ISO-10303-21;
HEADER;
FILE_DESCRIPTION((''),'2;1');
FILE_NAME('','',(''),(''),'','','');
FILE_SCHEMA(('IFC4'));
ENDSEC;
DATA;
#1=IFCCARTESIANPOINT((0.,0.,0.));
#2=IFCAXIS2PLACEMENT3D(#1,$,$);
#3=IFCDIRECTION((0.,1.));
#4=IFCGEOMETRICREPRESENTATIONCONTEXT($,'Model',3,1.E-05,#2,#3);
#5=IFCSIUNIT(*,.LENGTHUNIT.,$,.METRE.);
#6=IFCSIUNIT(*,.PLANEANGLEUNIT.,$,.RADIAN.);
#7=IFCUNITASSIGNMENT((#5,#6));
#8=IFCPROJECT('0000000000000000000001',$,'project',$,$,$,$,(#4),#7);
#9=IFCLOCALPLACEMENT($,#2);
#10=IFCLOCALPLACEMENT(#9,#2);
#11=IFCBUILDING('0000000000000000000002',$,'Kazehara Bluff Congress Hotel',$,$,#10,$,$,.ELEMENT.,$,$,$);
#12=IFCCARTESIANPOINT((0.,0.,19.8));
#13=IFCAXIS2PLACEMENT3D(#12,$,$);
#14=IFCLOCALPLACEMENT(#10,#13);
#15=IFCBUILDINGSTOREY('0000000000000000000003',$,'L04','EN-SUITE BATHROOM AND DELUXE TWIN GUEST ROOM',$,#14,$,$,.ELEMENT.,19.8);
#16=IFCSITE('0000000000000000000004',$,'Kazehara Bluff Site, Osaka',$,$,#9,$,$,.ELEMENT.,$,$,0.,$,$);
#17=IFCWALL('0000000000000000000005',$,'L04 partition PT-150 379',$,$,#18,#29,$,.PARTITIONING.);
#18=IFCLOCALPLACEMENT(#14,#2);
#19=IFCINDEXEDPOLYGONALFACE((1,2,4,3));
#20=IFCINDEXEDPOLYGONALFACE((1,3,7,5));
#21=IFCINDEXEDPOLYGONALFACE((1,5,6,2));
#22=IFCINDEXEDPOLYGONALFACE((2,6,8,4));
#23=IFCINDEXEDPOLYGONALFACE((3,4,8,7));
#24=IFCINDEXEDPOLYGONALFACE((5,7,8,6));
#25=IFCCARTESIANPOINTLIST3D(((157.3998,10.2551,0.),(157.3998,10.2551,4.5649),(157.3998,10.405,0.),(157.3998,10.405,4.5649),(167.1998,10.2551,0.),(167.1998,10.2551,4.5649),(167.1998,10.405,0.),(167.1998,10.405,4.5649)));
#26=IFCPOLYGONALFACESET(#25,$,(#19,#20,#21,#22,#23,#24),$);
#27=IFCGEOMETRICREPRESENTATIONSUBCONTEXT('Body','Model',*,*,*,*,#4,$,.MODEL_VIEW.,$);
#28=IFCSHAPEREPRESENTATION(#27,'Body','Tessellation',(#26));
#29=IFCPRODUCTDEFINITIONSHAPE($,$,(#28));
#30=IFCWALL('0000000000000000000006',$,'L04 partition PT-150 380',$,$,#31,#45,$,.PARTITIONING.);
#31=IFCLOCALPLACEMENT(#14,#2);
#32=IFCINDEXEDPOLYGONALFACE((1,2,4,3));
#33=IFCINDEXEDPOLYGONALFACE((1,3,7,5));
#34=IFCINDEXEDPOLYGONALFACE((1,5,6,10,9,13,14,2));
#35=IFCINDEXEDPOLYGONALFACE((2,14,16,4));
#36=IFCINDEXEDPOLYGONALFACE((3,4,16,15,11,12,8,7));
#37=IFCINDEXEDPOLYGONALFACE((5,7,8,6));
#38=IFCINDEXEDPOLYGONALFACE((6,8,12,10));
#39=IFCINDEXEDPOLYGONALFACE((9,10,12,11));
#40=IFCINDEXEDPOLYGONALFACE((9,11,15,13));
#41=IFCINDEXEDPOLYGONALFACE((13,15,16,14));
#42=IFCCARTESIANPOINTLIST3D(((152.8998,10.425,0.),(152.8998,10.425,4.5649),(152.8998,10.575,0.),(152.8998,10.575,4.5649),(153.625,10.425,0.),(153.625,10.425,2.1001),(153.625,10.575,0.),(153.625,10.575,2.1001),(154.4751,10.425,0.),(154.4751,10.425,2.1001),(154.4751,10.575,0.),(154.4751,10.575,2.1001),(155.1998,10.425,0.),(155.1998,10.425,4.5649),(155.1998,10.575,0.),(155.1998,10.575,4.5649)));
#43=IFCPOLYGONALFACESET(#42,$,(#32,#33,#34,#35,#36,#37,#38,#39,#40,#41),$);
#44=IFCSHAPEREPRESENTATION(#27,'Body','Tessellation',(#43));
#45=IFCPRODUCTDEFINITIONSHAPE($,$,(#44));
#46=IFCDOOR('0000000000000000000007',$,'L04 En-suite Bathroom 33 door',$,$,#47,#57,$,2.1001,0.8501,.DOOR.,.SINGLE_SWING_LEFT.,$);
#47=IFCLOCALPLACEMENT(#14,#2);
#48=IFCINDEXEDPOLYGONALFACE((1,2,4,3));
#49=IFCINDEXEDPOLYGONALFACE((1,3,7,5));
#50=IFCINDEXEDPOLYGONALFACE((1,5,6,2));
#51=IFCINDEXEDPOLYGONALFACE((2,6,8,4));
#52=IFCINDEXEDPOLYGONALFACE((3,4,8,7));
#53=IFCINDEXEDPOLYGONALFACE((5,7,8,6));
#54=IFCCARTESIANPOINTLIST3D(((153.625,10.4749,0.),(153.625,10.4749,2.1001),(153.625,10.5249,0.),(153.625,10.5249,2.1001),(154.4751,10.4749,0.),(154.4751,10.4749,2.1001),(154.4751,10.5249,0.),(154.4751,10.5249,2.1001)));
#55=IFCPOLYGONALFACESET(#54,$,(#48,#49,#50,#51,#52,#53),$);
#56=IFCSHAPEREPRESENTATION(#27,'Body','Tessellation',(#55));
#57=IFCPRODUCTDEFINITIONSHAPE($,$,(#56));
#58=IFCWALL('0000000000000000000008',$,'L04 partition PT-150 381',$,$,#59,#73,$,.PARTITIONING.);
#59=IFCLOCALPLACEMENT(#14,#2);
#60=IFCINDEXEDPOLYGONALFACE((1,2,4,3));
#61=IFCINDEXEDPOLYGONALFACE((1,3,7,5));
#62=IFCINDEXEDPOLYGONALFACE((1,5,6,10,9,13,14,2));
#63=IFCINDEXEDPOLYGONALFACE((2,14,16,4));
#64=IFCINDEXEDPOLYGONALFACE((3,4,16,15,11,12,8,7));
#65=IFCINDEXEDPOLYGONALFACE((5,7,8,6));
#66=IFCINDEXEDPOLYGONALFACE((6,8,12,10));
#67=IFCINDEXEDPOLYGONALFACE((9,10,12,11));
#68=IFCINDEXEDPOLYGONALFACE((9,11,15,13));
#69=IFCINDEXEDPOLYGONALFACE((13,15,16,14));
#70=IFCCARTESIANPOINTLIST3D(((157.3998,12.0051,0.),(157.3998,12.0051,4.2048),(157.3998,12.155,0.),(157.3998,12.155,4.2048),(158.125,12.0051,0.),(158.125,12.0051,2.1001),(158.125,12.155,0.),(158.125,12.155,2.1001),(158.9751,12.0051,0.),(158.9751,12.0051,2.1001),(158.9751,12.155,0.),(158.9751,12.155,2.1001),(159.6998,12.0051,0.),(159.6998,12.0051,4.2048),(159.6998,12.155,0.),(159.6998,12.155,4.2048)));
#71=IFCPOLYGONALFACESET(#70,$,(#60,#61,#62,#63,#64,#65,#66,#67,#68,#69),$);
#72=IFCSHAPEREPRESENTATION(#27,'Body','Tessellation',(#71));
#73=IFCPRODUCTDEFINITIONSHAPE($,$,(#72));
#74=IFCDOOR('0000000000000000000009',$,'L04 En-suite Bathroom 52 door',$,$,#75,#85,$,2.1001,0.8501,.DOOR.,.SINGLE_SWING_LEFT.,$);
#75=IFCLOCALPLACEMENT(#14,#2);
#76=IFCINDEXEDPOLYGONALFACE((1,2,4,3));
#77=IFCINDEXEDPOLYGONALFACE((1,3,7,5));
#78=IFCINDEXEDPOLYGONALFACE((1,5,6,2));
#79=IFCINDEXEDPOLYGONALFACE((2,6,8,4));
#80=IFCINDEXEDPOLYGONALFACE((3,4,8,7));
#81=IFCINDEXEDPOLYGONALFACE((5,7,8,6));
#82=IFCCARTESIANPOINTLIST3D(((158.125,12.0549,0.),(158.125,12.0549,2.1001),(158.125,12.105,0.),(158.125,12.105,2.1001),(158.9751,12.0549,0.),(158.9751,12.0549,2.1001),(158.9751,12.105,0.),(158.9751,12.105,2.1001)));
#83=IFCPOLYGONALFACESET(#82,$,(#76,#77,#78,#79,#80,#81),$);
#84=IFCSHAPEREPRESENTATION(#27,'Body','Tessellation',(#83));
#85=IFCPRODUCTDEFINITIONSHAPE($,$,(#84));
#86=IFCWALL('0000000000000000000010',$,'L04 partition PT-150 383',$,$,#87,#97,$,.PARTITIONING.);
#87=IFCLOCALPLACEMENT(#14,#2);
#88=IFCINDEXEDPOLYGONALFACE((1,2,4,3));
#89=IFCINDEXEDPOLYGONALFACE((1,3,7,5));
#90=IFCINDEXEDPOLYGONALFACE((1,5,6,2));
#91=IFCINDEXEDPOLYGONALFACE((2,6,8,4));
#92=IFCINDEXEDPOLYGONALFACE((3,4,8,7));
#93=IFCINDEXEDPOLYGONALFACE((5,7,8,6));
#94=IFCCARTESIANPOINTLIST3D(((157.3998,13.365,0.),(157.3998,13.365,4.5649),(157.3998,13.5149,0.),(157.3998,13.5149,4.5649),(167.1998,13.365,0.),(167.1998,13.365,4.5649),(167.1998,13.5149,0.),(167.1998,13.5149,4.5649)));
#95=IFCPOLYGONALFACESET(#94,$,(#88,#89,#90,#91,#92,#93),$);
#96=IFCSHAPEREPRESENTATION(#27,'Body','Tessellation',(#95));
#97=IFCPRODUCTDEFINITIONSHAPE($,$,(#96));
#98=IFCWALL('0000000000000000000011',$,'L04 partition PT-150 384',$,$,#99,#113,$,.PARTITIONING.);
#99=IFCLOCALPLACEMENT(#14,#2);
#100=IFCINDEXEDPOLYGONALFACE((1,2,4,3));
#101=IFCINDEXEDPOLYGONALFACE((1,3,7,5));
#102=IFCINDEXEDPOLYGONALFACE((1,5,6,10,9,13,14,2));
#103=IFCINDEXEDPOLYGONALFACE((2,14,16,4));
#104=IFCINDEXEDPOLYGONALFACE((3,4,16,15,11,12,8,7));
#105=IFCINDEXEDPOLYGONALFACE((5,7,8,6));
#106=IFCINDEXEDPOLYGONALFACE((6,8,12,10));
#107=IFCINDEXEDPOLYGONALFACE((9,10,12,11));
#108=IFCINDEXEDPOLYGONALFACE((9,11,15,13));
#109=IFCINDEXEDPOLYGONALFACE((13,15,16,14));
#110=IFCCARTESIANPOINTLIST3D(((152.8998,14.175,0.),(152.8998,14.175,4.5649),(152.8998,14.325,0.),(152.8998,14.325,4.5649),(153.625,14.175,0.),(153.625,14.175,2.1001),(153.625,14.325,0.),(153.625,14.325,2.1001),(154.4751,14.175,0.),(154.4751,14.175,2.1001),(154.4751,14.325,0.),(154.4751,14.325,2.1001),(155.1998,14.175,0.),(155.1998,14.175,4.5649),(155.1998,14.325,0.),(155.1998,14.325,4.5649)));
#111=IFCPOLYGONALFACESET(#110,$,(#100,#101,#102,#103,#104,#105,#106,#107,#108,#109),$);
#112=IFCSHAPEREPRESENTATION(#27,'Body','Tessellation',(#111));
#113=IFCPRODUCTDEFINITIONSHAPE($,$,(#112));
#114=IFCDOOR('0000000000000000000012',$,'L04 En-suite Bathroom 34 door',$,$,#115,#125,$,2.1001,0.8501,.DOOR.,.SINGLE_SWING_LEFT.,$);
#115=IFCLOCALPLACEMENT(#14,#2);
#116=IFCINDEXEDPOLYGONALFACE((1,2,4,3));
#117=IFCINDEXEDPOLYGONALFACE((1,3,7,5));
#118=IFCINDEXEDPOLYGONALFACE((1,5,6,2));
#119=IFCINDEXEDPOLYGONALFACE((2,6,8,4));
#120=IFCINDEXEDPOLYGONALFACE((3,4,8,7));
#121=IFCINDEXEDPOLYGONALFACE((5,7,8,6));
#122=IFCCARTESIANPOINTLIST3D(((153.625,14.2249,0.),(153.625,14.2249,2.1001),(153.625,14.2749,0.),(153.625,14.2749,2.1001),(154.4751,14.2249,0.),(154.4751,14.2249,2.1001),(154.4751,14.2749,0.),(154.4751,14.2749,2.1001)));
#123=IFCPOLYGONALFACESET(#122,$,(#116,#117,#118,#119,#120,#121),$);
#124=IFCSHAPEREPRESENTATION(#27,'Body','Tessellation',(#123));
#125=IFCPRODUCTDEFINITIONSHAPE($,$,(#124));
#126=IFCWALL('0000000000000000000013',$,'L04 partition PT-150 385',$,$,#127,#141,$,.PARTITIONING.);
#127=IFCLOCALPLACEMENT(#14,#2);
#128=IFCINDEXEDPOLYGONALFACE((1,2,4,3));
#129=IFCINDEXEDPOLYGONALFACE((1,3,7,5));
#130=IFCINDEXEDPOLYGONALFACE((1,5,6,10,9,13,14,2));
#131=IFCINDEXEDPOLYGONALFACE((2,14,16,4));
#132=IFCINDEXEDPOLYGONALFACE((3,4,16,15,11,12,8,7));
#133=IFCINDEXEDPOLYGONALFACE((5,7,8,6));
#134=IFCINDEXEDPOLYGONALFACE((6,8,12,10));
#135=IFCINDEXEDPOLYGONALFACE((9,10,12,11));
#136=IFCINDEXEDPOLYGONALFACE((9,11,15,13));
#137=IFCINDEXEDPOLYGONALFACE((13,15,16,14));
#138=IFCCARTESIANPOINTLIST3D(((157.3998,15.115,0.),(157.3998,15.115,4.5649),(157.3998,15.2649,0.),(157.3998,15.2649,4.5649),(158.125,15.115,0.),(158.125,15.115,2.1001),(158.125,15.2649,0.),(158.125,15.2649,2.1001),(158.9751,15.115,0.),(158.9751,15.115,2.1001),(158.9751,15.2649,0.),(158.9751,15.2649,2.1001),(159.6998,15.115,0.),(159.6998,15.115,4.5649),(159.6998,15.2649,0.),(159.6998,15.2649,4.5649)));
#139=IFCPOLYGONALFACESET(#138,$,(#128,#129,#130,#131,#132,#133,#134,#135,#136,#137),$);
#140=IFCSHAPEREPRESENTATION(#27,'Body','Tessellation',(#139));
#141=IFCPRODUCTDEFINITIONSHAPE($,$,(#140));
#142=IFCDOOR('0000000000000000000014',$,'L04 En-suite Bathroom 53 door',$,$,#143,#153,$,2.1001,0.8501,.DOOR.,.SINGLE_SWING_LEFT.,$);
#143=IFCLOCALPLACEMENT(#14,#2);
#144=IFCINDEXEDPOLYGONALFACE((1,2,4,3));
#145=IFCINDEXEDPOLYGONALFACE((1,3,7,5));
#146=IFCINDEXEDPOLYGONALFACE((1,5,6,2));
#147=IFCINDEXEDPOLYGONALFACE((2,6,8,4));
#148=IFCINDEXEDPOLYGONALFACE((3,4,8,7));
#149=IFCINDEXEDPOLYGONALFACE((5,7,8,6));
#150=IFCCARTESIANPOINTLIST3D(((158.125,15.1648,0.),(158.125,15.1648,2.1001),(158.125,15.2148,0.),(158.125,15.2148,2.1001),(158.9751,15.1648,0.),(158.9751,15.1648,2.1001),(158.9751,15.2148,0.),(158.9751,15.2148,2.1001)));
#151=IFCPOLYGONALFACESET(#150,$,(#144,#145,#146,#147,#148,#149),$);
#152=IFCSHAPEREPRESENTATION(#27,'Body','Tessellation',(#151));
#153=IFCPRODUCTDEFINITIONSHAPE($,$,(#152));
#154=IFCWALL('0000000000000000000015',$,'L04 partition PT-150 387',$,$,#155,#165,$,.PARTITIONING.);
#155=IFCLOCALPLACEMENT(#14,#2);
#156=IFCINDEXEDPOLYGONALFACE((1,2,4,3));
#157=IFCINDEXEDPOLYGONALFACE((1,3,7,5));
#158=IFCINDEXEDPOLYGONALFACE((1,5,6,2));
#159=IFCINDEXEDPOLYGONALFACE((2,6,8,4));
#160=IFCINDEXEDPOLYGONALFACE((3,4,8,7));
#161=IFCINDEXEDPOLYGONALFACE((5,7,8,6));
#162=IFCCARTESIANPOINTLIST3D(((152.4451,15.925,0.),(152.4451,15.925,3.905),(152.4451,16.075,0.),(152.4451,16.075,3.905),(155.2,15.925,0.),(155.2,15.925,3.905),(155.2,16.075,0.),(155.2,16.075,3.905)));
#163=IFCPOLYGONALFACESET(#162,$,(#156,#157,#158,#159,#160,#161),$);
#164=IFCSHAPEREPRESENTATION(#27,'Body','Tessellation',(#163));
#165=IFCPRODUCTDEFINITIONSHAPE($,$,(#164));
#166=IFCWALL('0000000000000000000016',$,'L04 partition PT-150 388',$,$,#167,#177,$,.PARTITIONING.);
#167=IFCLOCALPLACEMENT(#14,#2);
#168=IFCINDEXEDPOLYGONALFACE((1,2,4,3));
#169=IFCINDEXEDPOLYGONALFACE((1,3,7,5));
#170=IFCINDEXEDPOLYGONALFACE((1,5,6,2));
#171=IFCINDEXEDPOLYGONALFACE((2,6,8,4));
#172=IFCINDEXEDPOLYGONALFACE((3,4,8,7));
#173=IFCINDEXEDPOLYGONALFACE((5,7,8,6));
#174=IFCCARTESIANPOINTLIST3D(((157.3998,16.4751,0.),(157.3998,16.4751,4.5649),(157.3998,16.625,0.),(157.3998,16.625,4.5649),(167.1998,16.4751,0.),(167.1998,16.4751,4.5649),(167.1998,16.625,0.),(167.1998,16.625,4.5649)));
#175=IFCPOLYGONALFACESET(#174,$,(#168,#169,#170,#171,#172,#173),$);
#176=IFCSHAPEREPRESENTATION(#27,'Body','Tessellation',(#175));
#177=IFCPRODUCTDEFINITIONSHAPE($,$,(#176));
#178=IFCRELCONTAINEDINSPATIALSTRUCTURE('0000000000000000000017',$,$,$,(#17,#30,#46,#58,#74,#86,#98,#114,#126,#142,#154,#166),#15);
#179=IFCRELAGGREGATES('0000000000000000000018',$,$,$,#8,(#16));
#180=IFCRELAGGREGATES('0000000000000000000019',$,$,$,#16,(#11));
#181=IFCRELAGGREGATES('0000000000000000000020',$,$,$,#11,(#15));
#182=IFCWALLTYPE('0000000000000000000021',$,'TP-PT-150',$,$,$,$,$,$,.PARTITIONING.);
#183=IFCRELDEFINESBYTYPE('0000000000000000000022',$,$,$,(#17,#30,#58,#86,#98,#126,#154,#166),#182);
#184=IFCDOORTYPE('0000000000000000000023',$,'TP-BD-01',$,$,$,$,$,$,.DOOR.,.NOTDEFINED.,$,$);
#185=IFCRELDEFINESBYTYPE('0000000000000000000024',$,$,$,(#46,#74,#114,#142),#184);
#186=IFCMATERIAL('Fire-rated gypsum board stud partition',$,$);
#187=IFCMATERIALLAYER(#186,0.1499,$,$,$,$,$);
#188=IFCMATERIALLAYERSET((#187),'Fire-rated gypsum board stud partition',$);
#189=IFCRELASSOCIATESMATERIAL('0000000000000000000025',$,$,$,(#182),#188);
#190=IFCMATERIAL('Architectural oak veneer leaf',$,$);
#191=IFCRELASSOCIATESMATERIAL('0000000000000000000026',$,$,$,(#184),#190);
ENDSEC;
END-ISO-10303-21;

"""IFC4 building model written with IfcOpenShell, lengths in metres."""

from ifc_helpers import new_model, si_unit, direction, frame, frame_2d, origin, place, context, subcontext, project, spatial, rectangle, extrude, material, layer, layer_set, type_object, element, fill, save


model = new_model("IFC4")

# Units and contexts
model_context = context("Model", 3, precision=1e-05, world=origin(), true_north=direction((0.0, 1.0)))
body_context = subcontext(model_context, "Body", "Model", "MODEL_VIEW")
ifc_project = project(units=[si_unit("LENGTHUNIT", "METRE"), si_unit("PLANEANGLEUNIT", "RADIAN")], contexts=[model_context])

# Site, building, storey
site_placement = place(None, origin())
site = spatial("IfcSite", under=ifc_project, at=site_placement, Name="Kazehara Bluff Site, Osaka", CompositionType="ELEMENT", RefElevation=0.0)
building_placement = place(site_placement, origin())
building = spatial("IfcBuilding", under=site, at=building_placement, Name="Kazehara Bluff Congress Hotel", CompositionType="ELEMENT")
storey_placement = place(building_placement, frame((0.0, 0.0, 19.8)))
storey = spatial("IfcBuildingStorey", under=building, at=storey_placement, Name="L04", Description="EN-SUITE BATHROOM AND DELUXE TWIN GUEST ROOM", CompositionType="ELEMENT", Elevation=19.8)

# Shared definitions
ifc_material_1 = material(Name="Fire-rated gypsum board stud partition")
ifc_layer = layer(ifc_material_1, 0.1499)
ifc_layer_set = layer_set([ifc_layer], Name="Fire-rated gypsum board stud partition")
wall_type = type_object("IfcWallType", Name="TP-PT-150", PredefinedType="PARTITIONING", material=ifc_layer_set)
ifc_material_2 = material(Name="Architectural oak veneer leaf")
door_type = type_object("IfcDoorType", Name="TP-BD-01", OperationType="NOTDEFINED", PredefinedType="DOOR", material=ifc_material_2)

# Wall
wall_1_placement = place(storey_placement, frame((157.3999, 10.3301, 0.0), z_axis=(0.0, 0.0, 1.0), x_axis=(1.0, 0.0, 0.0)))
element("IfcWall", 1, at=wall_1_placement, inside=storey, type_object=wall_type, Name="L04 partition PT-150 379", PredefinedType="PARTITIONING", context=body_context, shape_type="SweptSolid", body=[
    extrude(rectangle(XDim=9.8, YDim=0.1499, at=frame_2d((4.8999, 0.0))), origin(), (0.0, 0.0, 1.0), 4.5649),
])

# Walls, openings, doors
wall_2_placement = place(storey_placement, frame((152.8999, 10.5, 0.0), z_axis=(0.0, 0.0, 1.0), x_axis=(1.0, 0.0, 0.0)))
wall_2 = element("IfcWall", 2, at=wall_2_placement, inside=storey, type_object=wall_type, Name="L04 partition PT-150 380", PredefinedType="PARTITIONING", context=body_context, shape_type="SweptSolid", body=[
    extrude(rectangle(XDim=2.3, YDim=0.1499, at=frame_2d((1.1499, 0.0))), origin(), (0.0, 0.0, 1.0), 4.5649),
])
opening_1_placement = place(wall_2_placement, frame((0.7251, 0.0, 0.0)))
opening_1 = element("IfcOpeningElement", 3, at=opening_1_placement, cuts=wall_2, PredefinedType="OPENING", context=body_context, shape_type="SweptSolid", body=[
    extrude(rectangle(XDim=0.8501, YDim=2.1001, at=frame_2d((0.425, 1.05))), frame((0.0, 0.085, 0.0), z_axis=(0.0, -1.0, 0.0), x_axis=(1.0, 0.0, 0.0)), (0.0, 0.0, 1.0), 0.1699),
])
door_1_placement = place(opening_1_placement, origin())
door_1 = element("IfcDoor", 4, at=door_1_placement, inside=storey, type_object=door_type, Name="L04 En-suite Bathroom 33 door", OperationType="SINGLE_SWING_LEFT", OverallHeight=2.1001, OverallWidth=0.8501, PredefinedType="DOOR", context=body_context, shape_type="SweptSolid", body=[
    extrude(rectangle(XDim=0.8501, YDim=2.1001, at=frame_2d((0.425, 1.05))), frame((0.0, 0.0249, 0.0), z_axis=(0.0, -1.0, 0.0), x_axis=(1.0, 0.0, 0.0)), (0.0, 0.0, 1.0), 0.05),
])
fill(opening_1, door_1)
wall_3_placement = place(storey_placement, frame((157.3999, 12.0801, 0.0), z_axis=(0.0, 0.0, 1.0), x_axis=(1.0, 0.0, 0.0)))
wall_3 = element("IfcWall", 5, at=wall_3_placement, inside=storey, type_object=wall_type, Name="L04 partition PT-150 381", PredefinedType="PARTITIONING", context=body_context, shape_type="SweptSolid", body=[
    extrude(rectangle(XDim=2.3, YDim=0.1499, at=frame_2d((1.1499, 0.0))), origin(), (0.0, 0.0, 1.0), 4.2048),
])
opening_2_placement = place(wall_3_placement, frame((0.7251, 0.0, 0.0)))
opening_2 = element("IfcOpeningElement", 6, at=opening_2_placement, cuts=wall_3, PredefinedType="OPENING", context=body_context, shape_type="SweptSolid", body=[
    extrude(rectangle(XDim=0.8501, YDim=2.1001, at=frame_2d((0.425, 1.05))), frame((0.0, 0.085, 0.0), z_axis=(0.0, -1.0, 0.0), x_axis=(1.0, 0.0, 0.0)), (0.0, 0.0, 1.0), 0.1699),
])
door_2_placement = place(opening_2_placement, origin())
door_2 = element("IfcDoor", 7, at=door_2_placement, inside=storey, type_object=door_type, Name="L04 En-suite Bathroom 52 door", OperationType="SINGLE_SWING_LEFT", OverallHeight=2.1001, OverallWidth=0.8501, PredefinedType="DOOR", context=body_context, shape_type="SweptSolid", body=[
    extrude(rectangle(XDim=0.8501, YDim=2.1001, at=frame_2d((0.425, 1.05))), frame((0.0, 0.0249, 0.0), z_axis=(0.0, -1.0, 0.0), x_axis=(1.0, 0.0, 0.0)), (0.0, 0.0, 1.0), 0.05),
])
fill(opening_2, door_2)

# Wall
wall_4_placement = place(storey_placement, frame((157.3999, 13.4399, 0.0), z_axis=(0.0, 0.0, 1.0), x_axis=(1.0, 0.0, 0.0)))
element("IfcWall", 8, at=wall_4_placement, inside=storey, type_object=wall_type, Name="L04 partition PT-150 383", PredefinedType="PARTITIONING", context=body_context, shape_type="SweptSolid", body=[
    extrude(rectangle(XDim=9.8, YDim=0.1499, at=frame_2d((4.8999, 0.0))), origin(), (0.0, 0.0, 1.0), 4.5649),
])

# Walls, openings, doors
wall_5_placement = place(storey_placement, frame((152.8999, 14.25, 0.0), z_axis=(0.0, 0.0, 1.0), x_axis=(1.0, 0.0, 0.0)))
wall_5 = element("IfcWall", 9, at=wall_5_placement, inside=storey, type_object=wall_type, Name="L04 partition PT-150 384", PredefinedType="PARTITIONING", context=body_context, shape_type="SweptSolid", body=[
    extrude(rectangle(XDim=2.3, YDim=0.1499, at=frame_2d((1.1499, 0.0))), origin(), (0.0, 0.0, 1.0), 4.5649),
])
opening_3_placement = place(wall_5_placement, frame((0.7251, 0.0, 0.0)))
opening_3 = element("IfcOpeningElement", 10, at=opening_3_placement, cuts=wall_5, PredefinedType="OPENING", context=body_context, shape_type="SweptSolid", body=[
    extrude(rectangle(XDim=0.8501, YDim=2.1001, at=frame_2d((0.425, 1.05))), frame((0.0, 0.085, 0.0), z_axis=(0.0, -1.0, 0.0), x_axis=(1.0, 0.0, 0.0)), (0.0, 0.0, 1.0), 0.1699),
])
door_3_placement = place(opening_3_placement, origin())
door_3 = element("IfcDoor", 11, at=door_3_placement, inside=storey, type_object=door_type, Name="L04 En-suite Bathroom 34 door", OperationType="SINGLE_SWING_LEFT", OverallHeight=2.1001, OverallWidth=0.8501, PredefinedType="DOOR", context=body_context, shape_type="SweptSolid", body=[
    extrude(rectangle(XDim=0.8501, YDim=2.1001, at=frame_2d((0.425, 1.05))), frame((0.0, 0.0249, 0.0), z_axis=(0.0, -1.0, 0.0), x_axis=(1.0, 0.0, 0.0)), (0.0, 0.0, 1.0), 0.05),
])
fill(opening_3, door_3)
wall_6_placement = place(storey_placement, frame((157.3999, 15.1899, 0.0), z_axis=(0.0, 0.0, 1.0), x_axis=(1.0, 0.0, 0.0)))
wall_6 = element("IfcWall", 12, at=wall_6_placement, inside=storey, type_object=wall_type, Name="L04 partition PT-150 385", PredefinedType="PARTITIONING", context=body_context, shape_type="SweptSolid", body=[
    extrude(rectangle(XDim=2.3, YDim=0.1499, at=frame_2d((1.1499, 0.0))), origin(), (0.0, 0.0, 1.0), 4.5649),
])
opening_4_placement = place(wall_6_placement, frame((0.7251, 0.0, 0.0)))
opening_4 = element("IfcOpeningElement", 13, at=opening_4_placement, cuts=wall_6, PredefinedType="OPENING", context=body_context, shape_type="SweptSolid", body=[
    extrude(rectangle(XDim=0.8501, YDim=2.1001, at=frame_2d((0.425, 1.05))), frame((0.0, 0.085, 0.0), z_axis=(0.0, -1.0, 0.0), x_axis=(1.0, 0.0, 0.0)), (0.0, 0.0, 1.0), 0.1699),
])
door_4_placement = place(opening_4_placement, origin())
door_4 = element("IfcDoor", 14, at=door_4_placement, inside=storey, type_object=door_type, Name="L04 En-suite Bathroom 53 door", OperationType="SINGLE_SWING_LEFT", OverallHeight=2.1001, OverallWidth=0.8501, PredefinedType="DOOR", context=body_context, shape_type="SweptSolid", body=[
    extrude(rectangle(XDim=0.8501, YDim=2.1001, at=frame_2d((0.425, 1.05))), frame((0.0, 0.0249, 0.0), z_axis=(0.0, -1.0, 0.0), x_axis=(1.0, 0.0, 0.0)), (0.0, 0.0, 1.0), 0.05),
])
fill(opening_4, door_4)

# Walls
wall_7_placement = place(storey_placement, frame((152.4451, 16.0, 0.0), z_axis=(0.0, 0.0, 1.0), x_axis=(1.0, 0.0, 0.0)))
element("IfcWall", 15, at=wall_7_placement, inside=storey, type_object=wall_type, Name="L04 partition PT-150 387", PredefinedType="PARTITIONING", context=body_context, shape_type="SweptSolid", body=[
    extrude(rectangle(XDim=2.7549, YDim=0.1499, at=frame_2d((1.3774, 0.0))), origin(), (0.0, 0.0, 1.0), 3.905),
])
wall_8_placement = place(storey_placement, frame((157.3999, 16.55, 0.0), z_axis=(0.0, 0.0, 1.0), x_axis=(1.0, 0.0, 0.0)))
element("IfcWall", 16, at=wall_8_placement, inside=storey, type_object=wall_type, Name="L04 partition PT-150 388", PredefinedType="PARTITIONING", context=body_context, shape_type="SweptSolid", body=[
    extrude(rectangle(XDim=9.8, YDim=0.1499, at=frame_2d((4.8999, 0.0))), origin(), (0.0, 0.0, 1.0), 4.5649),
])

save(model, "model.ifc")
